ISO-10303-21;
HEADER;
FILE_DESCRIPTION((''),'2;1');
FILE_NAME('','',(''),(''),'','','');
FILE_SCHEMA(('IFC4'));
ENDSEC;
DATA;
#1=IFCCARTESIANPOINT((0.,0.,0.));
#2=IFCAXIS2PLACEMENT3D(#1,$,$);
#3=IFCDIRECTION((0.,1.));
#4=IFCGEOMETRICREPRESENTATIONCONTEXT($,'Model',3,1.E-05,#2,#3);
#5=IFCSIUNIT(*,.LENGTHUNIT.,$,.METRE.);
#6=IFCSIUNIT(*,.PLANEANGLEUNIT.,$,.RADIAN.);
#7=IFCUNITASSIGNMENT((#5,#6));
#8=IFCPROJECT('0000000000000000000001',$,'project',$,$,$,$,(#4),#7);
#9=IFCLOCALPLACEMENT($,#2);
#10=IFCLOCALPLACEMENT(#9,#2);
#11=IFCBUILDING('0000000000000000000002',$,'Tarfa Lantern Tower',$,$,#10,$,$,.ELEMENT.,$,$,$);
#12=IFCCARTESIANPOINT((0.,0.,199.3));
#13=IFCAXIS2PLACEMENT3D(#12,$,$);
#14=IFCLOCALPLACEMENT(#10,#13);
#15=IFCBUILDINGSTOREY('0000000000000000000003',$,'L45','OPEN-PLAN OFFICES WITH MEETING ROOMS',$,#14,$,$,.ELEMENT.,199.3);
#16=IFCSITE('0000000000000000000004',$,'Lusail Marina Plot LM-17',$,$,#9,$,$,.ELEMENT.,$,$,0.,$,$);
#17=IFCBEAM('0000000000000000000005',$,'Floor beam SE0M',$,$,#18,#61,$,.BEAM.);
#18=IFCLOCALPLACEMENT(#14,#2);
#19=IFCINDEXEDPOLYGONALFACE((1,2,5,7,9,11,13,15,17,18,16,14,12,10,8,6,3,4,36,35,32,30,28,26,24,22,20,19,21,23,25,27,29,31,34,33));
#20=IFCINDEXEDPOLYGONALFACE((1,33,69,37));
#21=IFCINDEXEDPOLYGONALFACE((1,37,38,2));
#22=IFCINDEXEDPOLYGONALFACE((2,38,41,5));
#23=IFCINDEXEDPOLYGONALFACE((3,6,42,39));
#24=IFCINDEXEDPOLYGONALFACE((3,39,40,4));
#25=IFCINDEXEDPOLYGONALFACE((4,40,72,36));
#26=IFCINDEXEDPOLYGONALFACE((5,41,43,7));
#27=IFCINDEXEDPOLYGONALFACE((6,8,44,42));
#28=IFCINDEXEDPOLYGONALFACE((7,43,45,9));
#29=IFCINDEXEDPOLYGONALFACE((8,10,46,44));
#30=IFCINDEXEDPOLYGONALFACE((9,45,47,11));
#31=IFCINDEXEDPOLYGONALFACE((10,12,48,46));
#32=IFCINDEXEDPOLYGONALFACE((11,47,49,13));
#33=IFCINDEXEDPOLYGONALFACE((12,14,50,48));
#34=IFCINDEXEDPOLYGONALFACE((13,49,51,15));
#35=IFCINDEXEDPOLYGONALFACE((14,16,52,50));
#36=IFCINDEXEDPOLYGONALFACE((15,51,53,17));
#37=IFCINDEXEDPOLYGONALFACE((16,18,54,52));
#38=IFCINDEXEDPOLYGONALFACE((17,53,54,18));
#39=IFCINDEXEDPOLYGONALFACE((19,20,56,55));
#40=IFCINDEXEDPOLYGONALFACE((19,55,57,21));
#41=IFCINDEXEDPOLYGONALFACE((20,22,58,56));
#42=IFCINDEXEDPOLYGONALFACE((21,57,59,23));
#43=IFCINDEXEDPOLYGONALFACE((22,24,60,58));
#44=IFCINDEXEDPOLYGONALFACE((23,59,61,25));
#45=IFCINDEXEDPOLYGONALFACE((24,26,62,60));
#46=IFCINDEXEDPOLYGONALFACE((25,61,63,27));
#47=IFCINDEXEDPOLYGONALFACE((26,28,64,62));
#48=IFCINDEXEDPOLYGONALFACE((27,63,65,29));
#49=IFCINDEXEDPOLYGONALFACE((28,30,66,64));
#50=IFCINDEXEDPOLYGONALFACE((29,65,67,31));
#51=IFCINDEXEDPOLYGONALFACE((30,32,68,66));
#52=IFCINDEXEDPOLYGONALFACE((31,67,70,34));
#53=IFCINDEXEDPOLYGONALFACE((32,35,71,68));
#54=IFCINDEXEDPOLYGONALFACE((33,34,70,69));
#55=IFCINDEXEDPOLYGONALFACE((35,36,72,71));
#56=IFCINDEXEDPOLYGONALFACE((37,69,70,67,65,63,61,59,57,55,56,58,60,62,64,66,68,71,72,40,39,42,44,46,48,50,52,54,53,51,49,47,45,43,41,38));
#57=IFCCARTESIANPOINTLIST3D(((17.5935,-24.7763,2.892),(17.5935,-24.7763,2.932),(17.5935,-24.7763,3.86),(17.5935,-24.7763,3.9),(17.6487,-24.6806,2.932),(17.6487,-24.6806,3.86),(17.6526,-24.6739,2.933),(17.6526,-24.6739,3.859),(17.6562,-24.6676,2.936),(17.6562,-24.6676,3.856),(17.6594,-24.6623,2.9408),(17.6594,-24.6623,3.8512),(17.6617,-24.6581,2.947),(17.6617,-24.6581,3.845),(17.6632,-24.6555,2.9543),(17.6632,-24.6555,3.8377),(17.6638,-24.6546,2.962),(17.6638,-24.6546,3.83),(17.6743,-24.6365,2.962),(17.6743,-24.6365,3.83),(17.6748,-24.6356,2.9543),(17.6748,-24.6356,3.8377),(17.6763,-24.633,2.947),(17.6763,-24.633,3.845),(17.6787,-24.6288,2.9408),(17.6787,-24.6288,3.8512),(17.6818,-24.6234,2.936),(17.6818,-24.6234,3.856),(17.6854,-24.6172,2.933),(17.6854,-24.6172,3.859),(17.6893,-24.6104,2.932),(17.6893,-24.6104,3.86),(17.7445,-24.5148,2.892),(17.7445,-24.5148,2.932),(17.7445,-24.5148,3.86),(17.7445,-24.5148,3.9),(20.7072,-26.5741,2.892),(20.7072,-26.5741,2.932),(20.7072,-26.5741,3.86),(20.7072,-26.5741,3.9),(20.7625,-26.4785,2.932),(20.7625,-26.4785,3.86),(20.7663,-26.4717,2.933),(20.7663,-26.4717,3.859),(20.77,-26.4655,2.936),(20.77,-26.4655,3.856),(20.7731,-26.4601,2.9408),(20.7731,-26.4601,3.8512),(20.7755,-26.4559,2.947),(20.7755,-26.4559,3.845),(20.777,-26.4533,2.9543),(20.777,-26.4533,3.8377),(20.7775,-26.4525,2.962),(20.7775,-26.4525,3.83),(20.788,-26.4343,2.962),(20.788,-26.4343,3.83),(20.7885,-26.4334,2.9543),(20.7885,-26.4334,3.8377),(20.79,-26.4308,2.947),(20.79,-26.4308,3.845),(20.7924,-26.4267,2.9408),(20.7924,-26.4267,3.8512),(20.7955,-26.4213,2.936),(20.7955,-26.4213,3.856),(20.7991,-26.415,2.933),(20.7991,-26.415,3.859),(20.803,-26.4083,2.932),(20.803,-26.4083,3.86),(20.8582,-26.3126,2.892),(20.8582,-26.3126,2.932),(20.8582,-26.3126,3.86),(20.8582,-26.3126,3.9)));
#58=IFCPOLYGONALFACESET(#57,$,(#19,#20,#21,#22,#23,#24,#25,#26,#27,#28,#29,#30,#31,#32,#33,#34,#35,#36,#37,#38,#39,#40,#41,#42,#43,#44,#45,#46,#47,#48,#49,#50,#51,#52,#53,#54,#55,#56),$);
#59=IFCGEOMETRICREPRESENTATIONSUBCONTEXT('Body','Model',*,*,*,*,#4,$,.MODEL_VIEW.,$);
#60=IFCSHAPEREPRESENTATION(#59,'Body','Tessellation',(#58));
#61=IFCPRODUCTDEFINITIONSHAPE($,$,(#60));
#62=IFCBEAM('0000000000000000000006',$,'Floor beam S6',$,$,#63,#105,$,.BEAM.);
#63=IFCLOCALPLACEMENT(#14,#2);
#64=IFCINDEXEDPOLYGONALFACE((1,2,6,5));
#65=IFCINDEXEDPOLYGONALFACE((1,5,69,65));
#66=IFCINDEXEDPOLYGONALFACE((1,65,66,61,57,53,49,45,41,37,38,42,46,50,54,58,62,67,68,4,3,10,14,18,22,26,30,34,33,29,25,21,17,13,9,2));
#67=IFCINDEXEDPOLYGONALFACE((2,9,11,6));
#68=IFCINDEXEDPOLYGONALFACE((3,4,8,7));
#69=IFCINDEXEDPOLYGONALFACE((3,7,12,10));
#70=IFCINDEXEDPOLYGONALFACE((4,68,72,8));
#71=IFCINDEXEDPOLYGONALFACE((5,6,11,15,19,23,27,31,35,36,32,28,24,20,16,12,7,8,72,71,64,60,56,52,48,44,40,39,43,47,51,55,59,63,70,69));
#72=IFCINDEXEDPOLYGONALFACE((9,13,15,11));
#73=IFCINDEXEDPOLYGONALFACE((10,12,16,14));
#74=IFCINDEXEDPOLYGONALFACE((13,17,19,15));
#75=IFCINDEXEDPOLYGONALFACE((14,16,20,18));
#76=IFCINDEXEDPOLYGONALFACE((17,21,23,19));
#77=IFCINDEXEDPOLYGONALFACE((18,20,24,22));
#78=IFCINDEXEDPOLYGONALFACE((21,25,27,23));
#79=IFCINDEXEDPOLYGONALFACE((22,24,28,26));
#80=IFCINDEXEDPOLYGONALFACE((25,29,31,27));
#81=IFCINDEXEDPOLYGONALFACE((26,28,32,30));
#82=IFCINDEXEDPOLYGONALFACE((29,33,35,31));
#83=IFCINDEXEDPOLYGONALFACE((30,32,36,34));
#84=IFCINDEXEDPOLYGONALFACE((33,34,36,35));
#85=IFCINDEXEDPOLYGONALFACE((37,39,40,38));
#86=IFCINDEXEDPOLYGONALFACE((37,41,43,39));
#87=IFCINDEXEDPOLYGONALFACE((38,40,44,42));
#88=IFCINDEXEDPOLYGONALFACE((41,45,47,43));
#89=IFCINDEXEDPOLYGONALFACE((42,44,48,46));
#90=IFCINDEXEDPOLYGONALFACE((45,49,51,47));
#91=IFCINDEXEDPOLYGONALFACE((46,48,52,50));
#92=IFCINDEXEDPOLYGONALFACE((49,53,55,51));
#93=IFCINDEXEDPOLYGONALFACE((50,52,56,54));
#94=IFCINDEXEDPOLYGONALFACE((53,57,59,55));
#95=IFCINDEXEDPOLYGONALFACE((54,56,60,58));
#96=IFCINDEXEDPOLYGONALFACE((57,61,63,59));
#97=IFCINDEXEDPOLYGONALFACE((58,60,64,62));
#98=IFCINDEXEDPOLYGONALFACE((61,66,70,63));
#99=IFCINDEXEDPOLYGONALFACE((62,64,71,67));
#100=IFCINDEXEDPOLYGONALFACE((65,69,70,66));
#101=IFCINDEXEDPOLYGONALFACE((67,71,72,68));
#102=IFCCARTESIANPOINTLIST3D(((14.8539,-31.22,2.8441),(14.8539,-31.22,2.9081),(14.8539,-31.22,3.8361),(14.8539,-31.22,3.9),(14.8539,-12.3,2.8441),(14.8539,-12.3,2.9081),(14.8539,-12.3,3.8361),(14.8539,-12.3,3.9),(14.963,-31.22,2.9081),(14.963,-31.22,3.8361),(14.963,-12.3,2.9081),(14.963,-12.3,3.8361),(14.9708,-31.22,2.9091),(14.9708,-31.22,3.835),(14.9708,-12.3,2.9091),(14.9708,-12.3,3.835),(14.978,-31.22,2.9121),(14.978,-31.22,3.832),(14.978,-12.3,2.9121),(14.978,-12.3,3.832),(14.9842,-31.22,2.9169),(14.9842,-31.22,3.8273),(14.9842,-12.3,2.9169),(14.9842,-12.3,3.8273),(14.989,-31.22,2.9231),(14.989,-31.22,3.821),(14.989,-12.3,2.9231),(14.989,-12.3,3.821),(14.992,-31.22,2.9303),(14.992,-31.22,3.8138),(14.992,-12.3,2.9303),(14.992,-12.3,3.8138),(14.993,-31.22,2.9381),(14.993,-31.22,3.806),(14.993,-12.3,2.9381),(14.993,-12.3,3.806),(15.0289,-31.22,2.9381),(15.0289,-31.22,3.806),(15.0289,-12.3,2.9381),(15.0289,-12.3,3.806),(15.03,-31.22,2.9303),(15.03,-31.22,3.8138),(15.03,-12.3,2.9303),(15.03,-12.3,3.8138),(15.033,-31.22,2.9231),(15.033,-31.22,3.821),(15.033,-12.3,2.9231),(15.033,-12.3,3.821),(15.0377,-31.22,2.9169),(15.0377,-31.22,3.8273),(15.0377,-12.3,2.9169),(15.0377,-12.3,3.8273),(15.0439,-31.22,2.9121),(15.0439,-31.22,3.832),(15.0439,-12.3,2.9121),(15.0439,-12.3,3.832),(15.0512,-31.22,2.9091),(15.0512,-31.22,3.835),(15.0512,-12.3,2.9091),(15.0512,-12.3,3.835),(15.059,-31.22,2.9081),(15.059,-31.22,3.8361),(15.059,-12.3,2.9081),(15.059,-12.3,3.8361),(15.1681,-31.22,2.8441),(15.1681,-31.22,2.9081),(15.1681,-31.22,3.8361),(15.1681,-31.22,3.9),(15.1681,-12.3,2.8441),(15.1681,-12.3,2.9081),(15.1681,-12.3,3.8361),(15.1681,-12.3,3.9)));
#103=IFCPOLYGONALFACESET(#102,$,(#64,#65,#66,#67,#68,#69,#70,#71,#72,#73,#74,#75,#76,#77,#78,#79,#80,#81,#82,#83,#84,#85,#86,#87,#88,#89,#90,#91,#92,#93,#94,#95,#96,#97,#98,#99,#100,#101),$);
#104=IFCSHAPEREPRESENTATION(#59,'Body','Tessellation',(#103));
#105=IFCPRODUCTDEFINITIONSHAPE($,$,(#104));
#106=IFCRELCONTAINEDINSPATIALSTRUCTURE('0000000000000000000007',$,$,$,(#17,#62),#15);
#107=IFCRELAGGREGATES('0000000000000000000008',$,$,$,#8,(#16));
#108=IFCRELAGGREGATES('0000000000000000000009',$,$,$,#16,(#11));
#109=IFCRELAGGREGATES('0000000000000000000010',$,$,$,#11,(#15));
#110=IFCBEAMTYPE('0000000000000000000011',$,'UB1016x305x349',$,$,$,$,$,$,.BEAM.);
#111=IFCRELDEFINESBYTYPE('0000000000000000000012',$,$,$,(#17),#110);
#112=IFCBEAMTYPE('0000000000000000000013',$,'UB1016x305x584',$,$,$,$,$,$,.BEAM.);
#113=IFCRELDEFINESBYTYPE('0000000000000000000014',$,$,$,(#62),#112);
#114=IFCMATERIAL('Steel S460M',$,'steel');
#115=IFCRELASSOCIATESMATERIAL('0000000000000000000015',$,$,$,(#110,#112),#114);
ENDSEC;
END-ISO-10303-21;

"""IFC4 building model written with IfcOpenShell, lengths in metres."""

from ifc_helpers import new_model, si_unit, direction, frame, origin, origin_2d, place, context, subcontext, project, spatial, i_section, extrude, material, material_profile, profile_set, type_object, element, save


model = new_model("IFC4")

# Units and contexts
model_context = context("Model", 3, precision=1e-05, world=origin(), true_north=direction((0.0, 1.0)))
body_context = subcontext(model_context, "Body", "Model", "MODEL_VIEW")
ifc_project = project(units=[si_unit("LENGTHUNIT", "METRE"), si_unit("PLANEANGLEUNIT", "RADIAN")], contexts=[model_context])

# Site, building, storey
site_placement = place(None, origin())
site = spatial("IfcSite", under=ifc_project, at=site_placement, Name="Lusail Marina Plot LM-17", CompositionType="ELEMENT", RefElevation=0.0)
building_placement = place(site_placement, origin())
building = spatial("IfcBuilding", under=site, at=building_placement, Name="Tarfa Lantern Tower", CompositionType="ELEMENT")
storey_placement = place(building_placement, frame((0.0, 0.0, 199.3)))
storey = spatial("IfcBuildingStorey", under=building, at=storey_placement, Name="L45", Description="OPEN-PLAN OFFICES WITH MEETING ROOMS", CompositionType="ELEMENT", Elevation=199.3)

# Beams
ifc_material_1 = material(Name="Steel S460M", Category="steel")
ifc_material_profile_1 = material_profile(ifc_material_1, i_section(OverallWidth=0.302, OverallDepth=1.0081, WebThickness=0.021, FlangeThickness=0.04, FilletRadius=0.03, at=origin_2d()), Name="UB1016x305x349")
ifc_profile_set_1 = profile_set([ifc_material_profile_1], Name="Steel S460M")
beam_type_1 = type_object("IfcBeamType", Name="UB1016x305x349", PredefinedType="BEAM", material=ifc_profile_set_1)
beam_1_placement = place(storey_placement, frame((20.7827, -26.4434, 3.396), z_axis=(-0.866011, 0.500024, 0.0), x_axis=(-0.500024, -0.866011, 0.0)))
element("IfcBeam", 1, at=beam_1_placement, inside=storey, type_object=beam_type_1, Name="Floor beam SE0M", PredefinedType="BEAM", context=body_context, shape_type="SweptSolid", body=[
    extrude(i_section(OverallWidth=0.302, OverallDepth=1.0081, WebThickness=0.021, FlangeThickness=0.04, FilletRadius=0.03, at=origin_2d()), origin(), (0.0, 0.0, 1.0), 3.5955),
])
ifc_material_profile_2 = material_profile(ifc_material_1, i_section(OverallWidth=0.3142, OverallDepth=1.0559, WebThickness=0.0359, FlangeThickness=0.064, FilletRadius=0.03, at=origin_2d()), Name="UB1016x305x584")
ifc_profile_set_2 = profile_set([ifc_material_profile_2], Name="Steel S460M")
beam_type_2 = type_object("IfcBeamType", Name="UB1016x305x584", PredefinedType="BEAM", material=ifc_profile_set_2)
beam_2_placement = place(storey_placement, frame((15.011, -31.22, 3.3721), z_axis=(0.0, 1.0, 0.0), x_axis=(-1.0, 0.0, 0.0)))
element("IfcBeam", 2, at=beam_2_placement, inside=storey, type_object=beam_type_2, Name="Floor beam S6", PredefinedType="BEAM", context=body_context, shape_type="SweptSolid", body=[
    extrude(i_section(OverallWidth=0.3142, OverallDepth=1.0559, WebThickness=0.0359, FlangeThickness=0.064, FilletRadius=0.03, at=origin_2d()), origin(), (0.0, 0.0, 1.0), 18.9199),
])

save(model, "model.ifc")
